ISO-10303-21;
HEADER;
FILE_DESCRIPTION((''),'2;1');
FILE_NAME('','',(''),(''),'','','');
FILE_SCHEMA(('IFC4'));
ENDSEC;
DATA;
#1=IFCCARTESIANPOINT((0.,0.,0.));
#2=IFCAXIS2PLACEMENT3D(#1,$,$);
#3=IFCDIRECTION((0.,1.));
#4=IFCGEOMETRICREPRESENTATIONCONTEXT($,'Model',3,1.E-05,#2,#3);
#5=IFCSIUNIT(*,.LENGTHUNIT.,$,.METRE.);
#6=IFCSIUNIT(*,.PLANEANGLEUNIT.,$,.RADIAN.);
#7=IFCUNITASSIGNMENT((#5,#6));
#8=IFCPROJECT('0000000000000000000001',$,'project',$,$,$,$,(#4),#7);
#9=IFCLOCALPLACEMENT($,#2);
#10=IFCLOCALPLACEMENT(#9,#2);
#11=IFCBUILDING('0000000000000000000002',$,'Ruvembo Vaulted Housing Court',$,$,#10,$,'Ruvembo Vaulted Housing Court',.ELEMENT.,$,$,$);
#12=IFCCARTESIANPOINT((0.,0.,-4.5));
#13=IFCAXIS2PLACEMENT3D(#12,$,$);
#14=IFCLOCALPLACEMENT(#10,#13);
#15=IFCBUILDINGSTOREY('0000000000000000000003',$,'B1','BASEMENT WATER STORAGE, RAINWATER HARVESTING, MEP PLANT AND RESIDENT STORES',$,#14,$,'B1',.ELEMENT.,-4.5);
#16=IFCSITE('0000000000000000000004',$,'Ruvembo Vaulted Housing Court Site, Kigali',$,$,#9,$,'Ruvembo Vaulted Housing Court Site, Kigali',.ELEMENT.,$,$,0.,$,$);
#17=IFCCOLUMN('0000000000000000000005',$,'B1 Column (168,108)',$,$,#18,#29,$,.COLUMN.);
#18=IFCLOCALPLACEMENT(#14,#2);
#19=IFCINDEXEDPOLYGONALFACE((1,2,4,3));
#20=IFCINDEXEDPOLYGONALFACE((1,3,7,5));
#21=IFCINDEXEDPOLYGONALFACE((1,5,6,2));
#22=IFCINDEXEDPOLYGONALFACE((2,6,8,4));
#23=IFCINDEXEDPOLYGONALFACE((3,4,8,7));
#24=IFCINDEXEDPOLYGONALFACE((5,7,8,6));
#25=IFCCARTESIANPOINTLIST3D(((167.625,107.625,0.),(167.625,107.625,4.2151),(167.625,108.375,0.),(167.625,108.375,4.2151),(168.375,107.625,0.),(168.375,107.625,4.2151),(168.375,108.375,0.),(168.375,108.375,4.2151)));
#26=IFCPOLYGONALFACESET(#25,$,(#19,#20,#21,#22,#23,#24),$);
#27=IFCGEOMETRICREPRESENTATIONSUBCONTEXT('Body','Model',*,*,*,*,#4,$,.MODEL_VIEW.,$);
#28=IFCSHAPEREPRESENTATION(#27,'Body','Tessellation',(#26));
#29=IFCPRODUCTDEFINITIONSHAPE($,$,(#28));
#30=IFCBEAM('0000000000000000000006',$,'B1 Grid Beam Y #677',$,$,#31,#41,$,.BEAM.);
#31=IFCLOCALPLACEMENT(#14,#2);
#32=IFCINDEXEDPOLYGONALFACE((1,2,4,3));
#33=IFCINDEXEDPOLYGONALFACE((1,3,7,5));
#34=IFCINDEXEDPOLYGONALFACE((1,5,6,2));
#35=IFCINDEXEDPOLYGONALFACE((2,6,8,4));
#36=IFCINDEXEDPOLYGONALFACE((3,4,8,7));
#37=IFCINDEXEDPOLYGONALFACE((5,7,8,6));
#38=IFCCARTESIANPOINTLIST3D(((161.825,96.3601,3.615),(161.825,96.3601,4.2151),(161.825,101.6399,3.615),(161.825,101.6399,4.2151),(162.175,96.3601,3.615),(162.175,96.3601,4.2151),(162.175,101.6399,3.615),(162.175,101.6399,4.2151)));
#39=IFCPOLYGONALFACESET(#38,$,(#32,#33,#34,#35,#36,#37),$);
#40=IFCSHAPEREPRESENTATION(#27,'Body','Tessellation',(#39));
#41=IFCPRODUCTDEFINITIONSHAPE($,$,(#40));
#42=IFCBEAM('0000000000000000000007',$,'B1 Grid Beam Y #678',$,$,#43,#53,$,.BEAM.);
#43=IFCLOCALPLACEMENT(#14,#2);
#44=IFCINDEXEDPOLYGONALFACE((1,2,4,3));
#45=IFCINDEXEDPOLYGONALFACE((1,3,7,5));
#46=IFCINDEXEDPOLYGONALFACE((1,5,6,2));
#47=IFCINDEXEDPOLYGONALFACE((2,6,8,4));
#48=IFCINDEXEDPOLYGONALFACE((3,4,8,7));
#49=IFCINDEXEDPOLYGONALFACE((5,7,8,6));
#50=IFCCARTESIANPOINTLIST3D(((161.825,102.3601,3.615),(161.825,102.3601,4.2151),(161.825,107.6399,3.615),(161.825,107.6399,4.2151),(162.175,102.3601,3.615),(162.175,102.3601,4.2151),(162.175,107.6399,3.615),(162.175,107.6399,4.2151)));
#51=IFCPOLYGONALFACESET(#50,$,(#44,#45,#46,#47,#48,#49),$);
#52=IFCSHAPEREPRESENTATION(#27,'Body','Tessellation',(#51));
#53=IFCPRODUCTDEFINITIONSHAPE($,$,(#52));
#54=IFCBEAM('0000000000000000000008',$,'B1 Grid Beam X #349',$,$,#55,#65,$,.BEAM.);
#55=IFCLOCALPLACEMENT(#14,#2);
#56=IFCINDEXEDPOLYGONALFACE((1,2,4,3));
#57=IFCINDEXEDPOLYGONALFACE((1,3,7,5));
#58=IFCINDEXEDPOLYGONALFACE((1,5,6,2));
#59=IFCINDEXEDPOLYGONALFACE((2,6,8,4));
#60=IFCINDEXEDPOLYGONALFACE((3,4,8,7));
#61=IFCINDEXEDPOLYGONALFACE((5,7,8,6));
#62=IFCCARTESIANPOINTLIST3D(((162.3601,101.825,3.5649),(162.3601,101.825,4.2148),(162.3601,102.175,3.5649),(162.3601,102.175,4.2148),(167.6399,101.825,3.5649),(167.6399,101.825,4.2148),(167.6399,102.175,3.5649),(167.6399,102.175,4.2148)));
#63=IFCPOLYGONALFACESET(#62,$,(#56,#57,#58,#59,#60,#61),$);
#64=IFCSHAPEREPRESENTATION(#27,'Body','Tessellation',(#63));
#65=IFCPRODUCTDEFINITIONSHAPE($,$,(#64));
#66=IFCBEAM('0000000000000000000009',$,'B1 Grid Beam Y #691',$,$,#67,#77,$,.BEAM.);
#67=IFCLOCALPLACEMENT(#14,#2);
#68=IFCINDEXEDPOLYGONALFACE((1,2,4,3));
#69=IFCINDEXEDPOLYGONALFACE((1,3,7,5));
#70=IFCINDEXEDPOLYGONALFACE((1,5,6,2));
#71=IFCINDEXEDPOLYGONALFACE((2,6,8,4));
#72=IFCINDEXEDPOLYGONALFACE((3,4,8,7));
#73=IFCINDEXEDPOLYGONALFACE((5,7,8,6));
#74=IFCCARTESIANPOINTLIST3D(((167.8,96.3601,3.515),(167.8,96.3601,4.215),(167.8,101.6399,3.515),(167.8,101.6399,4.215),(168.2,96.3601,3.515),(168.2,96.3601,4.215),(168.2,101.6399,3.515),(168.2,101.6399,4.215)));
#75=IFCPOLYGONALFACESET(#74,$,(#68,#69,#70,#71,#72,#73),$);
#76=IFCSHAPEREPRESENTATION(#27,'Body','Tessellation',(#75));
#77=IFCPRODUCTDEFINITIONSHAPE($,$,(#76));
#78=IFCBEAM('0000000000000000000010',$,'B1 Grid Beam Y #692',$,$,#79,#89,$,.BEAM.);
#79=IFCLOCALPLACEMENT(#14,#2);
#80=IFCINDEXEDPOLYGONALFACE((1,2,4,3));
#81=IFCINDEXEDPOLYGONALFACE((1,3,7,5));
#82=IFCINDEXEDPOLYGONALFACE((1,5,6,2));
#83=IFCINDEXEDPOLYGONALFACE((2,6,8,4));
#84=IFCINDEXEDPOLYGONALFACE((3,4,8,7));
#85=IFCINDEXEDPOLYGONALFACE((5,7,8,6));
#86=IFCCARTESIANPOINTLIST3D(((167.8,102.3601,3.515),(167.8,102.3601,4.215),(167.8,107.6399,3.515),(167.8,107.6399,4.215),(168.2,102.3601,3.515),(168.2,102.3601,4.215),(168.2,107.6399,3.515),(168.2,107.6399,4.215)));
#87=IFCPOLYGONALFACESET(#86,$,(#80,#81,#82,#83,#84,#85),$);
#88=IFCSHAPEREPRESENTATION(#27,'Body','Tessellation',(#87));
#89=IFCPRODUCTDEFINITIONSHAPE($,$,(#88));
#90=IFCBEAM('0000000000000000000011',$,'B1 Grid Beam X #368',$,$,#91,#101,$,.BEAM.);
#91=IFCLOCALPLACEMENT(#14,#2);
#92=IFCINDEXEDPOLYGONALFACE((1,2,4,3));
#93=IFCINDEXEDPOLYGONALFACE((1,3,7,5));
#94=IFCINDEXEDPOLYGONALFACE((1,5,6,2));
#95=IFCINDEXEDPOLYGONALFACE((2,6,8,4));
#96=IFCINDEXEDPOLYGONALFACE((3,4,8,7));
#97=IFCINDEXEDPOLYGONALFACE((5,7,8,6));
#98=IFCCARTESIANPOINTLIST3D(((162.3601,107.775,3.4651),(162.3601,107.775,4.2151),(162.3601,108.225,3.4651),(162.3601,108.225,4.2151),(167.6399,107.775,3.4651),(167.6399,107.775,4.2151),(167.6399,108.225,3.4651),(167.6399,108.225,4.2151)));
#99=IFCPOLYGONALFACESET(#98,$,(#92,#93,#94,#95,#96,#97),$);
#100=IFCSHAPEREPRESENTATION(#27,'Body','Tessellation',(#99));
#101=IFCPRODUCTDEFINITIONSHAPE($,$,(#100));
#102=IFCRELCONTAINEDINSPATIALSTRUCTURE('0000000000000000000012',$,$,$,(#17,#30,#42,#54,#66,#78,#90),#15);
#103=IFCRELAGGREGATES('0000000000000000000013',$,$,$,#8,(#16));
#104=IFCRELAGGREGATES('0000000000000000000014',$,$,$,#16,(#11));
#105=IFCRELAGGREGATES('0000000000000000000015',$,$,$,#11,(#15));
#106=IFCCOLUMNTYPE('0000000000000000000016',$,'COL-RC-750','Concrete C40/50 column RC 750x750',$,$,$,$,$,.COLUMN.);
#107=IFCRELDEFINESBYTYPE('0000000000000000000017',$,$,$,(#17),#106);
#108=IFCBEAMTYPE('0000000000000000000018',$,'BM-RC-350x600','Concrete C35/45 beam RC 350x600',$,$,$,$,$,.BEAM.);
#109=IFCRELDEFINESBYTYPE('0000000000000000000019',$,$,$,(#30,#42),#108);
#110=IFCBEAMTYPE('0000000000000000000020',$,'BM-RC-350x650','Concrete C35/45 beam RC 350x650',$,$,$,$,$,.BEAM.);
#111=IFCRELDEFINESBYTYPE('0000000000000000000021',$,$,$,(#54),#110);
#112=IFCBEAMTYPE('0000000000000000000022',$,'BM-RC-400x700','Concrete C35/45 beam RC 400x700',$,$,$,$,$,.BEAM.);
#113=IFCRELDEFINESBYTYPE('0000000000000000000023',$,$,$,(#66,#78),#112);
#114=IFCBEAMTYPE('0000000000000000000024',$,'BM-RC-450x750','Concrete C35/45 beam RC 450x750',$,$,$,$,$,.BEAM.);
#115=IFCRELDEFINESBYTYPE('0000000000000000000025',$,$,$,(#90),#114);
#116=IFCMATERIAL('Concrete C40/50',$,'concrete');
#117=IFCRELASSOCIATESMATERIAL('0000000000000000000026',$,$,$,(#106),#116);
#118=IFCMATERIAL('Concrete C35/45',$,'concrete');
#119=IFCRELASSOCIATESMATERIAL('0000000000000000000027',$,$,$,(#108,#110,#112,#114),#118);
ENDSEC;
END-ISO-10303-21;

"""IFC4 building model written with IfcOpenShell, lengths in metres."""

from ifc_helpers import new_model, si_unit, direction, frame, origin, origin_2d, place, context, subcontext, project, spatial, rectangle, extrude, material, material_profile, profile_set, type_object, element, save


model = new_model("IFC4")

# Units and contexts
model_context = context("Model", 3, precision=1e-05, world=origin(), true_north=direction((0.0, 1.0)))
body_context = subcontext(model_context, "Body", "Model", "MODEL_VIEW")
ifc_project = project(units=[si_unit("LENGTHUNIT", "METRE"), si_unit("PLANEANGLEUNIT", "RADIAN")], contexts=[model_context])

# Site, building, storey
site_placement = place(None, origin())
site = spatial("IfcSite", under=ifc_project, at=site_placement, Name="Ruvembo Vaulted Housing Court Site, Kigali", LongName="Ruvembo Vaulted Housing Court Site, Kigali", CompositionType="ELEMENT", RefElevation=0.0)
building_placement = place(site_placement, origin())
building = spatial("IfcBuilding", under=site, at=building_placement, Name="Ruvembo Vaulted Housing Court", LongName="Ruvembo Vaulted Housing Court", CompositionType="ELEMENT")
storey_placement = place(building_placement, frame((0.0, 0.0, -4.5)))
storey = spatial("IfcBuildingStorey", under=building, at=storey_placement, Name="B1", Description="BASEMENT WATER STORAGE, RAINWATER HARVESTING, MEP PLANT AND RESIDENT STORES", LongName="B1", CompositionType="ELEMENT", Elevation=-4.5)

# Shared definitions
ifc_material_1 = material(Name="Concrete C35/45", Category="concrete")

# Column
ifc_material_2 = material(Name="Concrete C40/50", Category="concrete")
ifc_material_profile_1 = material_profile(ifc_material_2, rectangle(XDim=0.75, YDim=0.75, at=origin_2d()), Name="RC 750x750")
ifc_profile_set_1 = profile_set([ifc_material_profile_1], Name="Concrete C40/50")
column_type = type_object("IfcColumnType", Name="COL-RC-750", Description="Concrete C40/50 column RC 750x750", PredefinedType="COLUMN", material=ifc_profile_set_1)
for number, where, z_axis, x_axis, name in (
    (1, (168.0, 108.0, 0.0), (0.0, 0.0, 1.0), (1.0, 0.0, 0.0), "B1 Column (168,108)"),
):
    element("IfcColumn", number, at=place(storey_placement, frame(where, z_axis=z_axis, x_axis=x_axis)), inside=storey, type_object=column_type, Name=name, PredefinedType="COLUMN", context=body_context, shape_type="SweptSolid", body=[
        extrude(rectangle(XDim=0.75, YDim=0.75, at=origin_2d()), origin(), (0.0, 0.0, 1.0), 4.2151),
    ])

# Beams
ifc_material_profile_2 = material_profile(ifc_material_1, rectangle(XDim=0.3501, YDim=0.6001, at=origin_2d()), Name="RC 350x600")
ifc_profile_set_2 = profile_set([ifc_material_profile_2], Name="Concrete C35/45")
beam_type_1 = type_object("IfcBeamType", Name="BM-RC-350x600", Description="Concrete C35/45 beam RC 350x600", PredefinedType="BEAM", material=ifc_profile_set_2)
for number, where, z_axis, x_axis, name in (
    (2, (162.0, 96.3601, 3.915), (0.0, 1.0, 0.0), (-1.0, 0.0, 0.0), "B1 Grid Beam Y #677"),
    (3, (162.0, 102.3601, 3.915), (0.0, 1.0, 0.0), (-1.0, 0.0, 0.0), "B1 Grid Beam Y #678"),
):
    element("IfcBeam", number, at=place(storey_placement, frame(where, z_axis=z_axis, x_axis=x_axis)), inside=storey, type_object=beam_type_1, Name=name, PredefinedType="BEAM", context=body_context, shape_type="SweptSolid", body=[
        extrude(rectangle(XDim=0.3501, YDim=0.6001, at=origin_2d()), origin(), (0.0, 0.0, 1.0), 5.2798),
    ])
ifc_material_profile_3 = material_profile(ifc_material_1, rectangle(XDim=0.3501, YDim=0.6499, at=origin_2d()), Name="RC 350x650")
ifc_profile_set_3 = profile_set([ifc_material_profile_3], Name="Concrete C35/45")
beam_type_2 = type_object("IfcBeamType", Name="BM-RC-350x650", Description="Concrete C35/45 beam RC 350x650", PredefinedType="BEAM", material=ifc_profile_set_3)
beam_1_placement = place(storey_placement, frame((162.3601, 102.0, 3.8899), z_axis=(1.0, 0.0, 0.0), x_axis=(0.0, 1.0, 0.0)))
element("IfcBeam", 4, at=beam_1_placement, inside=storey, type_object=beam_type_2, Name="B1 Grid Beam X #349", PredefinedType="BEAM", context=body_context, shape_type="SweptSolid", body=[
    extrude(rectangle(XDim=0.3501, YDim=0.6499, at=origin_2d()), origin(), (0.0, 0.0, 1.0), 5.2798),
])
ifc_material_profile_4 = material_profile(ifc_material_1, rectangle(XDim=0.3999, YDim=0.7, at=origin_2d()), Name="RC 400x700")
ifc_profile_set_4 = profile_set([ifc_material_profile_4], Name="Concrete C35/45")
beam_type_3 = type_object("IfcBeamType", Name="BM-RC-400x700", Description="Concrete C35/45 beam RC 400x700", PredefinedType="BEAM", material=ifc_profile_set_4)
for number, where, z_axis, x_axis, name in (
    (5, (168.0, 96.3601, 3.865), (0.0, 1.0, 0.0), (-1.0, 0.0, 0.0), "B1 Grid Beam Y #691"),
    (6, (168.0, 102.3601, 3.865), (0.0, 1.0, 0.0), (-1.0, 0.0, 0.0), "B1 Grid Beam Y #692"),
):
    element("IfcBeam", number, at=place(storey_placement, frame(where, z_axis=z_axis, x_axis=x_axis)), inside=storey, type_object=beam_type_3, Name=name, PredefinedType="BEAM", context=body_context, shape_type="SweptSolid", body=[
        extrude(rectangle(XDim=0.3999, YDim=0.7, at=origin_2d()), origin(), (0.0, 0.0, 1.0), 5.2798),
    ])
ifc_material_profile_5 = material_profile(ifc_material_1, rectangle(XDim=0.45, YDim=0.75, at=origin_2d()), Name="RC 450x750")
ifc_profile_set_5 = profile_set([ifc_material_profile_5], Name="Concrete C35/45")
beam_type_4 = type_object("IfcBeamType", Name="BM-RC-450x750", Description="Concrete C35/45 beam RC 450x750", PredefinedType="BEAM", material=ifc_profile_set_5)
beam_2_placement = place(storey_placement, frame((162.3601, 108.0, 3.8401), z_axis=(1.0, 0.0, 0.0), x_axis=(0.0, 1.0, 0.0)))
element("IfcBeam", 7, at=beam_2_placement, inside=storey, type_object=beam_type_4, Name="B1 Grid Beam X #368", PredefinedType="BEAM", context=body_context, shape_type="SweptSolid", body=[
    extrude(rectangle(XDim=0.45, YDim=0.75, at=origin_2d()), origin(), (0.0, 0.0, 1.0), 5.2798),
])

save(model, "model.ifc")
